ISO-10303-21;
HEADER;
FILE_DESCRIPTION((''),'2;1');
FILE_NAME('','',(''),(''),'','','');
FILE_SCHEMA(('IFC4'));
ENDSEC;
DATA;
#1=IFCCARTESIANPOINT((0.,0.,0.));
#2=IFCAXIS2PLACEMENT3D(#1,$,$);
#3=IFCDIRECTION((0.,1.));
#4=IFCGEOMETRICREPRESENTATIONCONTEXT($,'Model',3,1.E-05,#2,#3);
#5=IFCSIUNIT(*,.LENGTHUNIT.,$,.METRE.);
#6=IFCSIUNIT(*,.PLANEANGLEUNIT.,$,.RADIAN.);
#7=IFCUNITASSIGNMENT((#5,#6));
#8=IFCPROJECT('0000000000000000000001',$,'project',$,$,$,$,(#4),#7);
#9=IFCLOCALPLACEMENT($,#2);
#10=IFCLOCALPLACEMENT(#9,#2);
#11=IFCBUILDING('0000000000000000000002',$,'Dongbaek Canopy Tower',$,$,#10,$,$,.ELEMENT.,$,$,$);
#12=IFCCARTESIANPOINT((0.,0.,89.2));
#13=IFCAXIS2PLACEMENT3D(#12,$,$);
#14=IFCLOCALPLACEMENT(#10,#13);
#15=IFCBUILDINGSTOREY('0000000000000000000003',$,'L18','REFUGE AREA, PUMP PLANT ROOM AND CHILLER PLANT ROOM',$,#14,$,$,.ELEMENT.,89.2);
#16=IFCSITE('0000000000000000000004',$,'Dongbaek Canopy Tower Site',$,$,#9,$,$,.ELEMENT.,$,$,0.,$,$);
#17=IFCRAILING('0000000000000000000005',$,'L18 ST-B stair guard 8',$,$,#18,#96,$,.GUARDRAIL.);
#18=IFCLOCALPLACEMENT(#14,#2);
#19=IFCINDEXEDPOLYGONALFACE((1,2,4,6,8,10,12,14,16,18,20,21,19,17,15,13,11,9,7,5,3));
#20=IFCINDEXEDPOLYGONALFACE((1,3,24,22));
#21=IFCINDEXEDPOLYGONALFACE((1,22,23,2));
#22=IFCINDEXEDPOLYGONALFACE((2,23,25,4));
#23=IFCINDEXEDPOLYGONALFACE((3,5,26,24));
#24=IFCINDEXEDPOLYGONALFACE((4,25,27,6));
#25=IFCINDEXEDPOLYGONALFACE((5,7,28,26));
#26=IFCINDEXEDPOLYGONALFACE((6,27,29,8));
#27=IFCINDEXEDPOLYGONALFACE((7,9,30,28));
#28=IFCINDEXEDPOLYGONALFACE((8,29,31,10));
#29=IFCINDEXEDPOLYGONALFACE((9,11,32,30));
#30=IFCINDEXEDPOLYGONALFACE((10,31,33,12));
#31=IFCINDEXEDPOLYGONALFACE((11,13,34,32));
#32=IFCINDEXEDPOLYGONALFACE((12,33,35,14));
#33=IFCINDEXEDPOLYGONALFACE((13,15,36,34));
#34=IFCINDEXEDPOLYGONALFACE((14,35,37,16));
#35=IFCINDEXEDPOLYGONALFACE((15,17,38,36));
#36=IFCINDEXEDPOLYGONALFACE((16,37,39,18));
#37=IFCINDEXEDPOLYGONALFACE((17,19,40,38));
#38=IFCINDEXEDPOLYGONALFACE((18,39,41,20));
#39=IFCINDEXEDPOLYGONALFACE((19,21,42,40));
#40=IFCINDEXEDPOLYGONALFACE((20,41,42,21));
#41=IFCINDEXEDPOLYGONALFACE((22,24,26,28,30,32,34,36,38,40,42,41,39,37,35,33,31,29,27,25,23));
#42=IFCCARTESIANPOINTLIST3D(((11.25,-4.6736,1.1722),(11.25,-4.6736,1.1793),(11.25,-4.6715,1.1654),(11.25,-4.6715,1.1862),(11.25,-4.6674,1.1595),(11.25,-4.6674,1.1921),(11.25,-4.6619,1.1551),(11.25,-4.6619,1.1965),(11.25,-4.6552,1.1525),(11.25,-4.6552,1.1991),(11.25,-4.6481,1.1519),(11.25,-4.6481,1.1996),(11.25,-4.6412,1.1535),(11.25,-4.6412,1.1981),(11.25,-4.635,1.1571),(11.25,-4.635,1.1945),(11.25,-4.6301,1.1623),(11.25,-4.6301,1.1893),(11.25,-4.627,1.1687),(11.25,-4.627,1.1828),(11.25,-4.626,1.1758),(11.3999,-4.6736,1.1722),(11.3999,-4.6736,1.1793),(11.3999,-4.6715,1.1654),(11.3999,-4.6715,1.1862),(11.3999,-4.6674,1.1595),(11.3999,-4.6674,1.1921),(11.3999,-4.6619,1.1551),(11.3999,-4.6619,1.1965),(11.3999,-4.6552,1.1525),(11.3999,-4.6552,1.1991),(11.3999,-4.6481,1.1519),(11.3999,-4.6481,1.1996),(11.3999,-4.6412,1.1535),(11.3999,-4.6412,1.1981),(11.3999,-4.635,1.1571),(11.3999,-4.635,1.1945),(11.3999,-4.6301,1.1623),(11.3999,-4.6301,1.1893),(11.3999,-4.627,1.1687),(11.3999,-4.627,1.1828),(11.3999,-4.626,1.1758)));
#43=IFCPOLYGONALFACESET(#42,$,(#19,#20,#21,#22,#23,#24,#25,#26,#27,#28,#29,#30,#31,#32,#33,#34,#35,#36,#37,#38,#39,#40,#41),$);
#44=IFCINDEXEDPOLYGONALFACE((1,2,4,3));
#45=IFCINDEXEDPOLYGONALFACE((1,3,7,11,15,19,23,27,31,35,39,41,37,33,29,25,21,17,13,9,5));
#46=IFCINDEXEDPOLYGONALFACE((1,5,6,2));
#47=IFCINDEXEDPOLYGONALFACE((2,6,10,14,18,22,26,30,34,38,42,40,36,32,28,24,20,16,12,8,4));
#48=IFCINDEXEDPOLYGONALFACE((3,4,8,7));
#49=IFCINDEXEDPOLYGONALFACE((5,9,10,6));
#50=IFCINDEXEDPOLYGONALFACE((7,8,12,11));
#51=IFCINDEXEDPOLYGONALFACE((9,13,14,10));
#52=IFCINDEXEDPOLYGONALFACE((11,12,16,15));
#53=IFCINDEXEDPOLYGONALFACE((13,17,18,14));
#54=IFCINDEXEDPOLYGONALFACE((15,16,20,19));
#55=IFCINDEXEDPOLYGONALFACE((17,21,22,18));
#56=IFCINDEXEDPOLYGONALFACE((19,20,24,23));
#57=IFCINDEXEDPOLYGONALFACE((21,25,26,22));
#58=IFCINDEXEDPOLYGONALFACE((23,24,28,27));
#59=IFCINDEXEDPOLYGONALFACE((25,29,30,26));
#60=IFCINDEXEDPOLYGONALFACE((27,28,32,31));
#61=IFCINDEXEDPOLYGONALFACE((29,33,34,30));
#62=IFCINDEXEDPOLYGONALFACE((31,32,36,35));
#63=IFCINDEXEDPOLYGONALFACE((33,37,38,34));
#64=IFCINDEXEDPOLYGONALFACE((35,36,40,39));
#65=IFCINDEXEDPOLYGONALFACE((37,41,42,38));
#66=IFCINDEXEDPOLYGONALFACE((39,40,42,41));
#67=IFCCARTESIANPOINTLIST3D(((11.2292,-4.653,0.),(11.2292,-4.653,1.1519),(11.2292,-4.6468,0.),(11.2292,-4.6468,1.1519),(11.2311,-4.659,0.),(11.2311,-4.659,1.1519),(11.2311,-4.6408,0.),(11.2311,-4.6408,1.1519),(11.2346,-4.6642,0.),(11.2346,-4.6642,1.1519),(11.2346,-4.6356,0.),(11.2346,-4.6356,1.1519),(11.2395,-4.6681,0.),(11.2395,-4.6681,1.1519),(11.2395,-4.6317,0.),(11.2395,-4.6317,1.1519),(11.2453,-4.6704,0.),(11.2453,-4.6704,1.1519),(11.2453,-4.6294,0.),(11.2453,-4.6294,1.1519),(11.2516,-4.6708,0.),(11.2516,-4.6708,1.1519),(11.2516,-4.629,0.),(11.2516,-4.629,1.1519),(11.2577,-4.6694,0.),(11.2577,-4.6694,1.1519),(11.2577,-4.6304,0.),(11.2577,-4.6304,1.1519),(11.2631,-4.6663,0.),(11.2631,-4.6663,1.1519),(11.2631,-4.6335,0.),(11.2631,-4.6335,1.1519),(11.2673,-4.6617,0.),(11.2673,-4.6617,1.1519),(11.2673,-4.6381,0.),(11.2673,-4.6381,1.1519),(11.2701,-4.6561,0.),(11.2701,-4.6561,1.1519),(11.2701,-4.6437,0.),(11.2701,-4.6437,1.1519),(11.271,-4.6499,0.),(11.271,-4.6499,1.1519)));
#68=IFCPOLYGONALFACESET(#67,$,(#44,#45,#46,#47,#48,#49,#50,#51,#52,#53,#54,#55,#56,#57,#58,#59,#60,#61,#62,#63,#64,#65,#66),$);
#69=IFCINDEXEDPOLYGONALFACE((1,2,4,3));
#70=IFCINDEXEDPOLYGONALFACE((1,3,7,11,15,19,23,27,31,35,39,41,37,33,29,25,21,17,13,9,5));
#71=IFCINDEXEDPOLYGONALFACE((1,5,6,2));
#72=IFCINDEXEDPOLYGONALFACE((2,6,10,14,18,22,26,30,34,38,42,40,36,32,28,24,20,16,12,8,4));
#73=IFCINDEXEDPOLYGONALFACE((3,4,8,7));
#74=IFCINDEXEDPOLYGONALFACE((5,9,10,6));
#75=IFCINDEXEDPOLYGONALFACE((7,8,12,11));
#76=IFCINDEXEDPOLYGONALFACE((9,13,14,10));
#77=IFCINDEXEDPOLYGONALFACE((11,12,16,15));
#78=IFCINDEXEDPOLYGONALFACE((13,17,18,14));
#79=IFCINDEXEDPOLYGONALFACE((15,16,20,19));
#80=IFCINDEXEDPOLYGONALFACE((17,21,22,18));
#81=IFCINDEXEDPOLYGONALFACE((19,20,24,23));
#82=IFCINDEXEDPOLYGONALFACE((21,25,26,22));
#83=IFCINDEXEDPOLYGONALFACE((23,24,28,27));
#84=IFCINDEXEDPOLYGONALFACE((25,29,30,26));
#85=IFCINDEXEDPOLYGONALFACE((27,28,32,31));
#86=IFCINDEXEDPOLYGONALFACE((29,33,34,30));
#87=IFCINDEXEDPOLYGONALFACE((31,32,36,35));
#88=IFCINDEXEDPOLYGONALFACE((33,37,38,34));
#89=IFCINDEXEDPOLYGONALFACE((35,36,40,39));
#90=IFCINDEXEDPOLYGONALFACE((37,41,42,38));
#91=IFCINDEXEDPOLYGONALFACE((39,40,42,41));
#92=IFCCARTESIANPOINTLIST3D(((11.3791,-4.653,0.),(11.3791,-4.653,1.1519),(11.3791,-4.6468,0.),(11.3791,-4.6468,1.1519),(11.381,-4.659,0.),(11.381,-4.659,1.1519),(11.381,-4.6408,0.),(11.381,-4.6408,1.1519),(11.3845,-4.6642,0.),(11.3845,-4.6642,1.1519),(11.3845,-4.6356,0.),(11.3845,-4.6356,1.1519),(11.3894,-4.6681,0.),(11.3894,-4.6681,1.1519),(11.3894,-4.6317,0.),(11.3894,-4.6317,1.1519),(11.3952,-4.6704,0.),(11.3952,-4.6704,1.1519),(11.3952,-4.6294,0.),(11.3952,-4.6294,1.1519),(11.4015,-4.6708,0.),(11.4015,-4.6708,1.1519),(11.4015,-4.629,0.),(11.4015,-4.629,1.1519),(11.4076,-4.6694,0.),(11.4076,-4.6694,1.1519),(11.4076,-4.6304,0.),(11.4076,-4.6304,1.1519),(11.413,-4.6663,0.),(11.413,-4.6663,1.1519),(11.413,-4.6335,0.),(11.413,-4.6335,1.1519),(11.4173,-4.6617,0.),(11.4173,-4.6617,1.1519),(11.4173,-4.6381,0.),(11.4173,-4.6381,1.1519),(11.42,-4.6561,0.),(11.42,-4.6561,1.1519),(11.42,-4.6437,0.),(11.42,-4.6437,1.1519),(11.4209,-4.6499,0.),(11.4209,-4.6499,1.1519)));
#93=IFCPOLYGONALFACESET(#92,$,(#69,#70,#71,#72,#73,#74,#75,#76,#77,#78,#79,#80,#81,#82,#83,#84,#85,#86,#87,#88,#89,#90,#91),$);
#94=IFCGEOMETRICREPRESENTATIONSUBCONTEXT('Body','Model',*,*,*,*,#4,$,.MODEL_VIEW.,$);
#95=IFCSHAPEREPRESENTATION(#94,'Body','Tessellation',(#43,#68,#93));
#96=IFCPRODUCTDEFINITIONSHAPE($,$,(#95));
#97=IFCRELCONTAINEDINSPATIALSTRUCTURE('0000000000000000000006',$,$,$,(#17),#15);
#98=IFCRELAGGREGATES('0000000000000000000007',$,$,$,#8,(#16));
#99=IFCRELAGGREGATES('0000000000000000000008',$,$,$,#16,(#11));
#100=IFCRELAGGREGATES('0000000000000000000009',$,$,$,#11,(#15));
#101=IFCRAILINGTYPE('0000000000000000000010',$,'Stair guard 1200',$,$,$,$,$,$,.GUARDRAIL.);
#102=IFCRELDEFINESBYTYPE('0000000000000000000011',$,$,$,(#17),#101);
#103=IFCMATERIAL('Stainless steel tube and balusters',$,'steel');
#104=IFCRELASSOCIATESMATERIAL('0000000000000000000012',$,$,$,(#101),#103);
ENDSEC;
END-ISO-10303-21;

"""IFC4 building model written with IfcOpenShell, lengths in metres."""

from ifc_helpers import new_model, si_unit, direction, frame, origin, origin_2d, place, context, subcontext, project, spatial, circle, extrude, material, type_object, element, save


model = new_model("IFC4")

# Units and contexts
model_context = context("Model", 3, precision=1e-05, world=origin(), true_north=direction((0.0, 1.0)))
body_context = subcontext(model_context, "Body", "Model", "MODEL_VIEW")
ifc_project = project(units=[si_unit("LENGTHUNIT", "METRE"), si_unit("PLANEANGLEUNIT", "RADIAN")], contexts=[model_context])

# Site, building, storey
site_placement = place(None, origin())
site = spatial("IfcSite", under=ifc_project, at=site_placement, Name="Dongbaek Canopy Tower Site", CompositionType="ELEMENT", RefElevation=0.0)
building_placement = place(site_placement, origin())
building = spatial("IfcBuilding", under=site, at=building_placement, Name="Dongbaek Canopy Tower", CompositionType="ELEMENT")
storey_placement = place(building_placement, frame((0.0, 0.0, 89.2)))
storey = spatial("IfcBuildingStorey", under=building, at=storey_placement, Name="L18", Description="REFUGE AREA, PUMP PLANT ROOM AND CHILLER PLANT ROOM", CompositionType="ELEMENT", Elevation=89.2)

# Railing
ifc_material_1 = material(Name="Stainless steel tube and balusters", Category="steel")
railing_type_1 = type_object("IfcRailingType", Name="Stair guard 1200", PredefinedType="GUARDRAIL", material=ifc_material_1)
railing_1_placement = place(storey_placement, frame((11.25, -4.6499, 0.0)))
element("IfcRailing", 1, at=railing_1_placement, inside=storey, type_object=railing_type_1, Name="L18 ST-B stair guard 8", PredefinedType="GUARDRAIL", context=body_context, shape_type="SweptSolid", body=[
    extrude(circle(Radius=0.0239, at=origin_2d()), frame((0.0, 0.0, 1.1758), z_axis=(1.0, 0.0, 0.0), x_axis=(0.0, 1.0, 0.0)), (0.0, 0.0, 1.0), 0.1499),
    extrude(circle(Radius=0.021, at=origin_2d()), origin(), (0.0, 0.0, 1.0), 1.1519),
    extrude(circle(Radius=0.021, at=origin_2d()), frame((0.1499, 0.0, 0.0)), (0.0, 0.0, 1.0), 1.1519),
])

save(model, "model.ifc")
